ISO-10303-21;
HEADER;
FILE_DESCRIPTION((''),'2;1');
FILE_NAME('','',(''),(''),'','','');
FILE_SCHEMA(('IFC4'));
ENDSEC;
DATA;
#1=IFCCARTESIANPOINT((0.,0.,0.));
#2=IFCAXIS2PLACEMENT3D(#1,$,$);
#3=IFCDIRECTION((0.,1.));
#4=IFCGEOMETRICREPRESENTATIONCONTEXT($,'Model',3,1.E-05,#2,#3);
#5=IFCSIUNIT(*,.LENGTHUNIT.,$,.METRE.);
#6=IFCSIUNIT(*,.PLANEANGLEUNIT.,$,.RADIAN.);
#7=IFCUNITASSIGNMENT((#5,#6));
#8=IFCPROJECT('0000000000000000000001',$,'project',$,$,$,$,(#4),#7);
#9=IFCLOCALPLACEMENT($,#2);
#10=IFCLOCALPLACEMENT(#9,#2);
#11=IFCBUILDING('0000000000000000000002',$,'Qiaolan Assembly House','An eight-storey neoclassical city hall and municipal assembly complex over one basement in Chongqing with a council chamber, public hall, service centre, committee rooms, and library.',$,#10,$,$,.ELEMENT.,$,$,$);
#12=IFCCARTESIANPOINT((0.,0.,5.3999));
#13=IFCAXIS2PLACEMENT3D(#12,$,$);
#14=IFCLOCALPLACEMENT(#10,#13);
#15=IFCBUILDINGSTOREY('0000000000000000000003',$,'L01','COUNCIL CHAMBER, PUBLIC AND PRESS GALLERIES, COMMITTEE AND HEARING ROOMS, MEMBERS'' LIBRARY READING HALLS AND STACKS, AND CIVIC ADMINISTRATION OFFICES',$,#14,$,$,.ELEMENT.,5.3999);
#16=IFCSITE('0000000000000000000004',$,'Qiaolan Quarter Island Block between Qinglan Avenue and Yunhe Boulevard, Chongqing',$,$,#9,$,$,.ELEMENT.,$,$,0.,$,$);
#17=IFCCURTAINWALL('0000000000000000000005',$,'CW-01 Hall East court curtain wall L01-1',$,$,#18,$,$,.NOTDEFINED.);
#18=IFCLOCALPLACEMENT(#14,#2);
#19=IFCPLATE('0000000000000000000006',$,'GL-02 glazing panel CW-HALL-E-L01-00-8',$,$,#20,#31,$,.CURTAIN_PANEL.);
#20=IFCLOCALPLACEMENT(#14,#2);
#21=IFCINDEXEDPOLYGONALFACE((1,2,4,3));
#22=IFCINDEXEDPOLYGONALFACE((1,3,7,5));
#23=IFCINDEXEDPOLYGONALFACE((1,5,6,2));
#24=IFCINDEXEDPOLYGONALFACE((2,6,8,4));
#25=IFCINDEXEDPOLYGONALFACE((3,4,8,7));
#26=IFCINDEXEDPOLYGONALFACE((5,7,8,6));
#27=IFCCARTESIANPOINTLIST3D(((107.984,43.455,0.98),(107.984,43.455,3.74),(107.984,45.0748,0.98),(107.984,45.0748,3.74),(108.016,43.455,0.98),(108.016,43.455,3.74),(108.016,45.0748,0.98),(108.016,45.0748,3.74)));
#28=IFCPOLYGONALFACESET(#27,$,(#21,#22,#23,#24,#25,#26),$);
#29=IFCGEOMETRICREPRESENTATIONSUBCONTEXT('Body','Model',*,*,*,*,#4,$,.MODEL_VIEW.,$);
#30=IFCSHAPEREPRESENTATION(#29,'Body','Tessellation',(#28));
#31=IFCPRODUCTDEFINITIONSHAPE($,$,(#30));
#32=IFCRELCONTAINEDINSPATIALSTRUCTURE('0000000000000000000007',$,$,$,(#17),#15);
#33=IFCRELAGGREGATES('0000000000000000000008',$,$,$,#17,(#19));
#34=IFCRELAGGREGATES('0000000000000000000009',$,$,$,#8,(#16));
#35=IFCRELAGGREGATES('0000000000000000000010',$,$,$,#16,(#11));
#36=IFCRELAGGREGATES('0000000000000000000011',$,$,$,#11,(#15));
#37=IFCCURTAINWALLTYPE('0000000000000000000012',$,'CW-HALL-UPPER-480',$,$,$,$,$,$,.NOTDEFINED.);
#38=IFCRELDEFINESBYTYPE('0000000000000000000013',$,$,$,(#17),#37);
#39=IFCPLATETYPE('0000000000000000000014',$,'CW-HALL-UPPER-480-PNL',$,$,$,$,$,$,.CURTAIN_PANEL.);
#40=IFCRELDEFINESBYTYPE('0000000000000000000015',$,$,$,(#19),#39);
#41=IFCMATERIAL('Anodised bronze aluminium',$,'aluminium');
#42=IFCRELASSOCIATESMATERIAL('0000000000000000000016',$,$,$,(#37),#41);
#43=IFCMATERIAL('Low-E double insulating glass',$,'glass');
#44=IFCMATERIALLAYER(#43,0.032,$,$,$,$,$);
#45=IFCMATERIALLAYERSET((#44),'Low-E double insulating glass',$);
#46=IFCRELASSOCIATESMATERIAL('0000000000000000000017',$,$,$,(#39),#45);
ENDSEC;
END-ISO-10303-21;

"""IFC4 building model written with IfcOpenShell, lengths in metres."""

from ifc_helpers import new_model, si_unit, direction, frame, frame_2d, origin, place, context, subcontext, project, spatial, rectangle, extrude, material, layer, layer_set, type_object, element, aggregate, save


model = new_model("IFC4")

# Units and contexts
model_context = context("Model", 3, precision=1e-05, world=origin(), true_north=direction((0.0, 1.0)))
body_context = subcontext(model_context, "Body", "Model", "MODEL_VIEW")
ifc_project = project(units=[si_unit("LENGTHUNIT", "METRE"), si_unit("PLANEANGLEUNIT", "RADIAN")], contexts=[model_context])

# Site, building, storey
site_placement = place(None, origin())
site = spatial("IfcSite", under=ifc_project, at=site_placement, Name="Qiaolan Quarter Island Block between Qinglan Avenue and Yunhe Boulevard, Chongqing", CompositionType="ELEMENT", RefElevation=0.0)
building_placement = place(site_placement, origin())
building = spatial("IfcBuilding", under=site, at=building_placement, Name="Qiaolan Assembly House", Description="An eight-storey neoclassical city hall and municipal assembly complex over one basement in Chongqing with a council chamber, public hall, service centre, committee rooms, and library.", CompositionType="ELEMENT")
storey_placement = place(building_placement, frame((0.0, 0.0, 5.3999)))
storey = spatial("IfcBuildingStorey", under=building, at=storey_placement, Name="L01", Description="COUNCIL CHAMBER, PUBLIC AND PRESS GALLERIES, COMMITTEE AND HEARING ROOMS, MEMBERS' LIBRARY READING HALLS AND STACKS, AND CIVIC ADMINISTRATION OFFICES", CompositionType="ELEMENT", Elevation=5.3999)

# Curtain wall
ifc_material_1 = material(Name="Anodised bronze aluminium", Category="aluminium")
curtain_wall_type = type_object("IfcCurtainWallType", Name="CW-HALL-UPPER-480", PredefinedType="NOTDEFINED", material=ifc_material_1)
curtain_wall_placement = place(storey_placement, origin())
curtain_wall = element("IfcCurtainWall", 1, at=curtain_wall_placement, inside=storey, type_object=curtain_wall_type, Name="CW-01 Hall East court curtain wall L01-1", PredefinedType="NOTDEFINED")

# Plate
ifc_material_2 = material(Name="Low-E double insulating glass", Category="glass")
ifc_layer = layer(ifc_material_2, 0.032)
ifc_layer_set = layer_set([ifc_layer], Name="Low-E double insulating glass")
plate_type = type_object("IfcPlateType", Name="CW-HALL-UPPER-480-PNL", PredefinedType="CURTAIN_PANEL", material=ifc_layer_set)
plate_1_placement = place(storey_placement, frame((108.0, 45.075, 0.98), z_axis=(0.0, 0.0, 1.0), x_axis=(0.0, -1.0, 0.0)))
plate_1 = element("IfcPlate", 2, at=plate_1_placement, type_object=plate_type, Name="GL-02 glazing panel CW-HALL-E-L01-00-8", PredefinedType="CURTAIN_PANEL", context=body_context, shape_type="SweptSolid", body=[
    extrude(rectangle(XDim=1.6199, YDim=0.032, at=frame_2d((0.8101, 0.0))), origin(), (0.0, 0.0, 1.0), 2.76),
])
aggregate(curtain_wall, [plate_1])

save(model, "model.ifc")
